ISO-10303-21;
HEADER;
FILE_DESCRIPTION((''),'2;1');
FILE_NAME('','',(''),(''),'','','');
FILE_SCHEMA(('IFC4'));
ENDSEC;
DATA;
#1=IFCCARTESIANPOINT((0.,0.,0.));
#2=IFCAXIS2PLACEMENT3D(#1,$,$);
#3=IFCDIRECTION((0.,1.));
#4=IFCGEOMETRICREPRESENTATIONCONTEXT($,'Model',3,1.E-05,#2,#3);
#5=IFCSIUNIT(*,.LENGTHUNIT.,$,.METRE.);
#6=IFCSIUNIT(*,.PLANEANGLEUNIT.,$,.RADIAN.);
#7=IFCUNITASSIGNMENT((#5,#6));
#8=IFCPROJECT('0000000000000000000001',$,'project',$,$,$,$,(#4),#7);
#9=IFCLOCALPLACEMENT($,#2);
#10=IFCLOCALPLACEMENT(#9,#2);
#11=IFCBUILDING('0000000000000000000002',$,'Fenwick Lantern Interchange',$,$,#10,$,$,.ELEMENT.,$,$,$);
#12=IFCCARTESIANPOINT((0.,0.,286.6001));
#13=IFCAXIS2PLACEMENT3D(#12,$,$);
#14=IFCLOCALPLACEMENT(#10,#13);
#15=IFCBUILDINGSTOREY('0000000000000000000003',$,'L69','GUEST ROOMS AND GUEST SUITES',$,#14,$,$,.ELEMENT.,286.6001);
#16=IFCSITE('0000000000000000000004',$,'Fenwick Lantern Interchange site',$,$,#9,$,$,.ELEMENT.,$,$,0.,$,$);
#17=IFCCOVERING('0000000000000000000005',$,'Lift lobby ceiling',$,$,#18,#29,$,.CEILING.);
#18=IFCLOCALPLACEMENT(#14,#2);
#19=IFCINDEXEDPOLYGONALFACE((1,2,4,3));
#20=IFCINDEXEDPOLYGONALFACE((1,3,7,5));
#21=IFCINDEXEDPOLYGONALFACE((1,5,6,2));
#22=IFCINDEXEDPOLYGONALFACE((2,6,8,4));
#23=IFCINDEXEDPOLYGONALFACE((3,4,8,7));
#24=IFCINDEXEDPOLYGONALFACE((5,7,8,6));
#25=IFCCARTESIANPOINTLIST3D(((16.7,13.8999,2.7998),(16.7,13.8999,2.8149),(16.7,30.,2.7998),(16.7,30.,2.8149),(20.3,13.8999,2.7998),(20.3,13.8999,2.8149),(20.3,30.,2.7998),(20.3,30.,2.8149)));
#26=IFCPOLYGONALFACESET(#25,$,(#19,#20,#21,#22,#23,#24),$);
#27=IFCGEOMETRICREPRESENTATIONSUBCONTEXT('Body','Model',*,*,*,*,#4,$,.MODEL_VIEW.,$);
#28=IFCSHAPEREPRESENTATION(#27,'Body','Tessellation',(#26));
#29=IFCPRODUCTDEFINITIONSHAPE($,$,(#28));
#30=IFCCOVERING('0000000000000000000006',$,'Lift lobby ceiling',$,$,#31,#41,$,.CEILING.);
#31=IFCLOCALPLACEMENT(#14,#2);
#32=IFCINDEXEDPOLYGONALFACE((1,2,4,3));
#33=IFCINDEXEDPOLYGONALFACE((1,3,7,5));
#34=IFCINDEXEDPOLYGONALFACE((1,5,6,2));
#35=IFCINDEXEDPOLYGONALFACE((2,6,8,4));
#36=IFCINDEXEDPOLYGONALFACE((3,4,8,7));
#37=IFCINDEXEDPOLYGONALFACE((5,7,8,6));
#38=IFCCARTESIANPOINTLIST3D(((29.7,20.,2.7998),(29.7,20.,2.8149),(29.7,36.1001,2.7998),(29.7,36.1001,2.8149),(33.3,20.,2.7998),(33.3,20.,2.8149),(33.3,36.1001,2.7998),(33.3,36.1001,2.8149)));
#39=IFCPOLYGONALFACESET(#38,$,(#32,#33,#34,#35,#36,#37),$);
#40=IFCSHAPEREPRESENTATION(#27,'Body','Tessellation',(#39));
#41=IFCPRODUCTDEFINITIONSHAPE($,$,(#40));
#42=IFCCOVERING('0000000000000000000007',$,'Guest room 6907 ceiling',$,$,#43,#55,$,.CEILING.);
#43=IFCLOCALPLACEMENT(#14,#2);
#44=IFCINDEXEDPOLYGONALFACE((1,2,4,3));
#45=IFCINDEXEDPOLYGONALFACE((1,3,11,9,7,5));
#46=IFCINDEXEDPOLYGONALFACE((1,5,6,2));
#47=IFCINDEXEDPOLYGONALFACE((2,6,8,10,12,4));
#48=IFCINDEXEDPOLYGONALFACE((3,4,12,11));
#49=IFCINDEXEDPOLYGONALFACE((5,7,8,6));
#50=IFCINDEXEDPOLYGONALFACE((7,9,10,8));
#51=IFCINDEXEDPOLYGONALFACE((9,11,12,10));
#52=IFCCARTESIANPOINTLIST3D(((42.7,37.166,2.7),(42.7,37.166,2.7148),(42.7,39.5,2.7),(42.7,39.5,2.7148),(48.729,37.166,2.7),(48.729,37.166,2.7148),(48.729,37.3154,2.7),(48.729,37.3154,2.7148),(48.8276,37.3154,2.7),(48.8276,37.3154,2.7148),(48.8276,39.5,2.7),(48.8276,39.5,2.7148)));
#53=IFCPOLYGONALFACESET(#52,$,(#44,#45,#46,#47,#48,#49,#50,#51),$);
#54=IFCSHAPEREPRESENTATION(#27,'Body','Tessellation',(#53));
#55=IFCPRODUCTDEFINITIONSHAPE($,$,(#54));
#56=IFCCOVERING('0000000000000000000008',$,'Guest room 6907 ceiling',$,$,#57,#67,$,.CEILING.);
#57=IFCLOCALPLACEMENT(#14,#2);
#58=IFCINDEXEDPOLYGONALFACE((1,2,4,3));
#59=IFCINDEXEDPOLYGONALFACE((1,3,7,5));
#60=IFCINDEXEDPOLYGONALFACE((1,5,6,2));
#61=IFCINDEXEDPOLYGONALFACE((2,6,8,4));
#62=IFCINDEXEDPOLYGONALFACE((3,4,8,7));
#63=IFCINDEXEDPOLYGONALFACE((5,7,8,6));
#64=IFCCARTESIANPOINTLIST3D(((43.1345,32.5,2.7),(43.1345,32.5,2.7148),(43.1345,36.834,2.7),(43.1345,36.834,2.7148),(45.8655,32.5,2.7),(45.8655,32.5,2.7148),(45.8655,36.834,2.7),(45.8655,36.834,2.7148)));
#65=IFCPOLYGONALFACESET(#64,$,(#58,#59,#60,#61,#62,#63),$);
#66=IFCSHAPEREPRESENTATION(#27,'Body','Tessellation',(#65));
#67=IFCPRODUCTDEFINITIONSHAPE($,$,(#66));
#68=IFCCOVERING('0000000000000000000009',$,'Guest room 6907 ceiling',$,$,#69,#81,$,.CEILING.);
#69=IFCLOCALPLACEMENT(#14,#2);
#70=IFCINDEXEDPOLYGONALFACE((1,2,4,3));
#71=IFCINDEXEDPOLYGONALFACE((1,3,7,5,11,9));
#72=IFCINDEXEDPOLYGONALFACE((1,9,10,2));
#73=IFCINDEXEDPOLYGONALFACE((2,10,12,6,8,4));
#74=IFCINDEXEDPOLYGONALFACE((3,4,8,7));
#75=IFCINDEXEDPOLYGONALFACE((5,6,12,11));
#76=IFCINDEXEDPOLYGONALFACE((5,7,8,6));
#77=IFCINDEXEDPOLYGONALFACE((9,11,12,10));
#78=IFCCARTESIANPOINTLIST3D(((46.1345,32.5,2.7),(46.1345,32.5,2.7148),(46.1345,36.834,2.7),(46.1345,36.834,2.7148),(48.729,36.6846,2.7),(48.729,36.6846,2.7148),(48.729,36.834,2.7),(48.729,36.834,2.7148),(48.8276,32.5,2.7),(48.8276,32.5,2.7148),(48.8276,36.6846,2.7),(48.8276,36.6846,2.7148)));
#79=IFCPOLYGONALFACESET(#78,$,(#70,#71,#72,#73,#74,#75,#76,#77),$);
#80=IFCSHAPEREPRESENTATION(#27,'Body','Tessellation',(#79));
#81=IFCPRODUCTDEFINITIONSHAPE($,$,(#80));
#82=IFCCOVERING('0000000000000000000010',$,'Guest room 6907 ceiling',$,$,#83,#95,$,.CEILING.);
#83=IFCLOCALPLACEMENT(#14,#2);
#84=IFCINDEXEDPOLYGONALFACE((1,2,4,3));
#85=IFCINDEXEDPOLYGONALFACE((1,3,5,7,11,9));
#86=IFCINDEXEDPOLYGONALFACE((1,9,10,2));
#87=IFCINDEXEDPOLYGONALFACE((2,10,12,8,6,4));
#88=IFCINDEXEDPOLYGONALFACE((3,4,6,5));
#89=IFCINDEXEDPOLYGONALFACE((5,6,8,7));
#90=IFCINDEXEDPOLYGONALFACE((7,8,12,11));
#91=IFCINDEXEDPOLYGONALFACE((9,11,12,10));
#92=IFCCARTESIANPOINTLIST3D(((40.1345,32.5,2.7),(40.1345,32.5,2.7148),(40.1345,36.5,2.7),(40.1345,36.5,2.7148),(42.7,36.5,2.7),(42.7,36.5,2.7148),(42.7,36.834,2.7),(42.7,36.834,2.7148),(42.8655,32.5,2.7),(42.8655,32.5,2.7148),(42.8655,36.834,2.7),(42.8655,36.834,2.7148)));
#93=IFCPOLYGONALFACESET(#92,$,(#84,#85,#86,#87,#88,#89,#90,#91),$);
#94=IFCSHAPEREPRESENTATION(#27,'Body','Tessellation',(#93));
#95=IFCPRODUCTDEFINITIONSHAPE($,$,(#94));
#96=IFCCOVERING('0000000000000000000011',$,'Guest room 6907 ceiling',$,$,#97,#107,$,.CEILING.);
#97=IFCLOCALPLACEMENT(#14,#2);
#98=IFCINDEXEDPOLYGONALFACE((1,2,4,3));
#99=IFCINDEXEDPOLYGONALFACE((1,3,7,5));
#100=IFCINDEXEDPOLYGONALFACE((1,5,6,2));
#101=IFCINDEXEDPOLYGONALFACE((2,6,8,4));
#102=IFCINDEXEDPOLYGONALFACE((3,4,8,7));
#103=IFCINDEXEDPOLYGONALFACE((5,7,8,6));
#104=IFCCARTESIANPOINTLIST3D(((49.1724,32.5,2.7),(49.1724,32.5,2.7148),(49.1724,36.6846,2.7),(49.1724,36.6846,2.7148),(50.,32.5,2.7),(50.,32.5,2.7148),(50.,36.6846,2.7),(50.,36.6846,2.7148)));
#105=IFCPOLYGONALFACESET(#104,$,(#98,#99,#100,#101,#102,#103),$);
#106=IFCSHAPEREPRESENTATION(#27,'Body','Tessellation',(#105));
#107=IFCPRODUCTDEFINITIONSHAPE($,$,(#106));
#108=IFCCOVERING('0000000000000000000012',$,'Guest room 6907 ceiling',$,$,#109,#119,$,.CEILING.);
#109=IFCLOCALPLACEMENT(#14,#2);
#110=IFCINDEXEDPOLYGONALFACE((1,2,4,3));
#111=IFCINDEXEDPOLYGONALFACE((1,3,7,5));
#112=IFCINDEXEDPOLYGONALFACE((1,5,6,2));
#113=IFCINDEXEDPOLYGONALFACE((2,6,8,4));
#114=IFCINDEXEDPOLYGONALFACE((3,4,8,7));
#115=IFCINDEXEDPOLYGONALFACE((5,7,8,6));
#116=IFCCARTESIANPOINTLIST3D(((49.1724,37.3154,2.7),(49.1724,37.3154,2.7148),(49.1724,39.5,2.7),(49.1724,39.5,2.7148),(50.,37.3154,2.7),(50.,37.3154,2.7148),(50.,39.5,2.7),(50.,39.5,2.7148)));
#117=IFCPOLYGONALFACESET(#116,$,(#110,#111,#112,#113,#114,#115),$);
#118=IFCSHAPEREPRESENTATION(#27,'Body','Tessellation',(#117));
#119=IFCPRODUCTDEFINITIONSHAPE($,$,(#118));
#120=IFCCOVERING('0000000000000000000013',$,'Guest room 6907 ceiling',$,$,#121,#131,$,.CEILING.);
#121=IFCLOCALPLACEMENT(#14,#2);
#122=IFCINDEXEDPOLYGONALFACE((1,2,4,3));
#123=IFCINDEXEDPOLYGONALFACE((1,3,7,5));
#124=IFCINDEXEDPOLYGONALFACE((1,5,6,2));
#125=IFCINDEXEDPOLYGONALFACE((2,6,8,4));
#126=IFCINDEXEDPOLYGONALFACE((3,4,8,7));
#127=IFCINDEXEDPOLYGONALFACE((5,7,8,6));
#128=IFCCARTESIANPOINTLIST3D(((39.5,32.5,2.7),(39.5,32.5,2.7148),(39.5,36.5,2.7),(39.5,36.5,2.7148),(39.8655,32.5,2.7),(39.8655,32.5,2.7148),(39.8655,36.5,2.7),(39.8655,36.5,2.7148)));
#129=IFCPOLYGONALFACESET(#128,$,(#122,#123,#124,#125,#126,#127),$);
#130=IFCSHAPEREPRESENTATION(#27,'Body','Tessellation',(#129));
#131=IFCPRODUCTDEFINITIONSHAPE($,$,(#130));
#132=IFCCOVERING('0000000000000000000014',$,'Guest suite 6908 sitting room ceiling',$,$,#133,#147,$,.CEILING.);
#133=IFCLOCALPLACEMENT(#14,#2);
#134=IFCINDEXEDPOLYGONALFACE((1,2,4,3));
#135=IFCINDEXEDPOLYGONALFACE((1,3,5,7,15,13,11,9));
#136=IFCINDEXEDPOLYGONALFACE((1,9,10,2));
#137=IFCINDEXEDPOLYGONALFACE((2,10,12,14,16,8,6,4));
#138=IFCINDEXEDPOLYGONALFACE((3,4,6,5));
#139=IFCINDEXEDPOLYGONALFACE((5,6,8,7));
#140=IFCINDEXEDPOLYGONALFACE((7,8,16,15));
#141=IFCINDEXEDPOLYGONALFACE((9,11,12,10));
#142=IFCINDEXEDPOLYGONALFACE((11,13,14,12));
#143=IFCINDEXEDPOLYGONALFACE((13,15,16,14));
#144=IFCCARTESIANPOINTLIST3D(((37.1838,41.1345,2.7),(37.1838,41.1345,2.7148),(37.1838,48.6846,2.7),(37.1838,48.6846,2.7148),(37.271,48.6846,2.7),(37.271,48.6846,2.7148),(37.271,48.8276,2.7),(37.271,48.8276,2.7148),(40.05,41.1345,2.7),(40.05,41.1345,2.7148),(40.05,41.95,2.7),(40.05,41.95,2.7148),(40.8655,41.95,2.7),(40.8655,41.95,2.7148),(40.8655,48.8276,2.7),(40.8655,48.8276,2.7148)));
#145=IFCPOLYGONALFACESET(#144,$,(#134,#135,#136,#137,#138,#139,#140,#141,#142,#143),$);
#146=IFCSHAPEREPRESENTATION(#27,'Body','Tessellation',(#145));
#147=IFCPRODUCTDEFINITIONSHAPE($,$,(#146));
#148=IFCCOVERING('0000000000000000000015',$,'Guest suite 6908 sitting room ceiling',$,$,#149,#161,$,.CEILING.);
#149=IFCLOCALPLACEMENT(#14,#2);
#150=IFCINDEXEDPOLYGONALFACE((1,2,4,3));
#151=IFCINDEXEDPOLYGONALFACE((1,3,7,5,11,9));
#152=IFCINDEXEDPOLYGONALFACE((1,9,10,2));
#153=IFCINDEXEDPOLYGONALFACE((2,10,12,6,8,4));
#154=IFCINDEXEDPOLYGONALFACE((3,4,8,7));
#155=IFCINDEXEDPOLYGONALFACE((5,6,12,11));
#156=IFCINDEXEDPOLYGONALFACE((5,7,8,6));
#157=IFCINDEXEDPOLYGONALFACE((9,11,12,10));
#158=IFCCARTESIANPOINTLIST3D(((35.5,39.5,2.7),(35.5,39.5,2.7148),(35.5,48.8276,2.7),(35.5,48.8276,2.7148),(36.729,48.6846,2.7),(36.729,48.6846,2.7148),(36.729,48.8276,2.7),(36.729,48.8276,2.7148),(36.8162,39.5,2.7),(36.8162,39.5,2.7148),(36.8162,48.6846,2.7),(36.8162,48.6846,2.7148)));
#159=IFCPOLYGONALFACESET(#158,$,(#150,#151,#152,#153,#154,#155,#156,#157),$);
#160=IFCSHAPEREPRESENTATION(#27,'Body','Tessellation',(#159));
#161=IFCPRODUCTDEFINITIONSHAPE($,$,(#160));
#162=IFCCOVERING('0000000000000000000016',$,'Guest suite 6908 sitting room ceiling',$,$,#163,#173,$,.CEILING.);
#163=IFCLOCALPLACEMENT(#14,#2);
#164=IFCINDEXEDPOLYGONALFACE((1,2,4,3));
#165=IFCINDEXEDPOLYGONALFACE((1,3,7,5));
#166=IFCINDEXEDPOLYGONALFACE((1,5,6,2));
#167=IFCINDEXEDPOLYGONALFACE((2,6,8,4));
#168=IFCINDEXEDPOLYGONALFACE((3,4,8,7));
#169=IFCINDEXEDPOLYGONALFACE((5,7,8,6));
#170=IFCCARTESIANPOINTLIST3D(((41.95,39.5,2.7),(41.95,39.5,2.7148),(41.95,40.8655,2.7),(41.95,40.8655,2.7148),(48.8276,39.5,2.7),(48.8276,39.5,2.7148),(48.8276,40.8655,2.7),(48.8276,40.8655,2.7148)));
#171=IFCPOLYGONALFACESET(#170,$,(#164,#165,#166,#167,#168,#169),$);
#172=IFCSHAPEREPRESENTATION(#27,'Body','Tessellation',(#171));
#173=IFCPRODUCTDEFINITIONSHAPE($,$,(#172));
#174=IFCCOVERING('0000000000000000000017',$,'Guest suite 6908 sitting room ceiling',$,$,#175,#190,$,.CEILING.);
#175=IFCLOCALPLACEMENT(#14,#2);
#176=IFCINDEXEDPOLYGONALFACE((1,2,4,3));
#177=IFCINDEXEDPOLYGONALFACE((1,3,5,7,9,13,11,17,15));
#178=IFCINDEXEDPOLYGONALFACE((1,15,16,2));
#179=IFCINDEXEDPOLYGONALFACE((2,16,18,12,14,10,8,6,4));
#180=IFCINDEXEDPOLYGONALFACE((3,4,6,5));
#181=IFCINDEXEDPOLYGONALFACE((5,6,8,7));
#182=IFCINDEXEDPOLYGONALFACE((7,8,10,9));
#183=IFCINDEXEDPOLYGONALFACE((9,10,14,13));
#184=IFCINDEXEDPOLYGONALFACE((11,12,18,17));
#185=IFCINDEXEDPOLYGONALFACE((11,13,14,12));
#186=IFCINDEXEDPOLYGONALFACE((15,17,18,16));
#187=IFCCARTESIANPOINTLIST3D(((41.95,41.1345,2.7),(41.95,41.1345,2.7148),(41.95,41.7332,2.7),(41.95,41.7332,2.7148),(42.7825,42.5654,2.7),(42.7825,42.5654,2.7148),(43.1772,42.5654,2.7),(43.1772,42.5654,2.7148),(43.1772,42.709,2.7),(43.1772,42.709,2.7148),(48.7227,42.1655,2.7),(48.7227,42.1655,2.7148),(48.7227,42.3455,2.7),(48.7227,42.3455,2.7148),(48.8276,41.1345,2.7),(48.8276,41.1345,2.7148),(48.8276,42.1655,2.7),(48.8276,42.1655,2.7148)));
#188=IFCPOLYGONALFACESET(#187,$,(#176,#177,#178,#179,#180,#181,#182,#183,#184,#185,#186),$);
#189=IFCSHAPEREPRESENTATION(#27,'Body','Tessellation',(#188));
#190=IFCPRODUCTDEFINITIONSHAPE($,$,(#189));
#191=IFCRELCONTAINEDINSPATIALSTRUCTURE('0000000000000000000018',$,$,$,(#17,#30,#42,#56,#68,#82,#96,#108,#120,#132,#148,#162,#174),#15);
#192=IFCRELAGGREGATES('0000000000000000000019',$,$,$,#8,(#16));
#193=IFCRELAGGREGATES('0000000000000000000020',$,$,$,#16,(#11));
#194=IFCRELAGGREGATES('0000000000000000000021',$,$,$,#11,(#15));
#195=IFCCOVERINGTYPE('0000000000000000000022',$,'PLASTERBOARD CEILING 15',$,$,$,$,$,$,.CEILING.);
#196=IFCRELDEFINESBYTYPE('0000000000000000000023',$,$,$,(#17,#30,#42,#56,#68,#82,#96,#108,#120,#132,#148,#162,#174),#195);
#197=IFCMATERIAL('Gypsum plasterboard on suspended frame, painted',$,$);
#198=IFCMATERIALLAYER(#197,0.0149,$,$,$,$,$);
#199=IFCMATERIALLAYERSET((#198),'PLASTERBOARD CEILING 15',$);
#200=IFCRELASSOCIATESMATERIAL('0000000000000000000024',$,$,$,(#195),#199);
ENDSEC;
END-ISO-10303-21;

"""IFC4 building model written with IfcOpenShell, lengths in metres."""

from ifc_helpers import new_model, si_unit, direction, frame, origin, place, context, subcontext, project, spatial, polyline, outline, extrude, material, layer, layer_set, type_object, element, save


model = new_model("IFC4")

# Units and contexts
model_context = context("Model", 3, precision=1e-05, world=origin(), true_north=direction((0.0, 1.0)))
body_context = subcontext(model_context, "Body", "Model", "MODEL_VIEW")
ifc_project = project(units=[si_unit("LENGTHUNIT", "METRE"), si_unit("PLANEANGLEUNIT", "RADIAN")], contexts=[model_context])

# Site, building, storey
site_placement = place(None, origin())
site = spatial("IfcSite", under=ifc_project, at=site_placement, Name="Fenwick Lantern Interchange site", CompositionType="ELEMENT", RefElevation=0.0)
building_placement = place(site_placement, origin())
building = spatial("IfcBuilding", under=site, at=building_placement, Name="Fenwick Lantern Interchange", CompositionType="ELEMENT")
storey_placement = place(building_placement, frame((0.0, 0.0, 286.6001)))
storey = spatial("IfcBuildingStorey", under=building, at=storey_placement, Name="L69", Description="GUEST ROOMS AND GUEST SUITES", CompositionType="ELEMENT", Elevation=286.6001)

# Coverings
ifc_material = material(Name="Gypsum plasterboard on suspended frame, painted")
ifc_layer = layer(ifc_material, 0.0149)
ifc_layer_set = layer_set([ifc_layer], Name="PLASTERBOARD CEILING 15")
covering_type = type_object("IfcCoveringType", Name="PLASTERBOARD CEILING 15", PredefinedType="CEILING", material=ifc_layer_set)
covering_1_placement = place(storey_placement, frame((0.0, 0.0, 2.7998)))
element("IfcCovering", 1, at=covering_1_placement, inside=storey, type_object=covering_type, Name="Lift lobby ceiling", PredefinedType="CEILING", context=body_context, shape_type="SweptSolid", body=[
    extrude(outline(polyline([(16.7, 13.8999), (20.3, 13.8999), (20.3, 30.0), (16.7, 30.0), (16.7, 13.8999)])), origin(), (0.0, 0.0, 1.0), 0.0151),
])
covering_2_placement = place(storey_placement, frame((0.0, 0.0, 2.7998)))
element("IfcCovering", 2, at=covering_2_placement, inside=storey, type_object=covering_type, Name="Lift lobby ceiling", PredefinedType="CEILING", context=body_context, shape_type="SweptSolid", body=[
    extrude(outline(polyline([(33.3, 36.1001), (29.7, 36.1001), (29.7, 20.0), (33.3, 20.0), (33.3, 36.1001)])), origin(), (0.0, 0.0, 1.0), 0.0151),
])
covering_3_placement = place(storey_placement, frame((0.0, 0.0, 2.7)))
element("IfcCovering", 3, at=covering_3_placement, inside=storey, type_object=covering_type, Name="Guest room 6907 ceiling", PredefinedType="CEILING", context=body_context, shape_type="SweptSolid", body=[
    extrude(outline(polyline([(48.729, 37.3154), (48.8276, 37.3154), (48.8276, 39.5), (42.7, 39.5), (42.7, 37.166), (48.729, 37.166), (48.729, 37.3154)])), origin(), (0.0, 0.0, 1.0), 0.0149),
])
covering_4_placement = place(storey_placement, frame((0.0, 0.0, 2.7)))
element("IfcCovering", 4, at=covering_4_placement, inside=storey, type_object=covering_type, Name="Guest room 6907 ceiling", PredefinedType="CEILING", context=body_context, shape_type="SweptSolid", body=[
    extrude(outline(polyline([(43.1345, 32.5), (45.8655, 32.5), (45.8655, 36.834), (43.1345, 36.834), (43.1345, 32.5)])), origin(), (0.0, 0.0, 1.0), 0.0149),
])
covering_5_placement = place(storey_placement, frame((0.0, 0.0, 2.7)))
element("IfcCovering", 5, at=covering_5_placement, inside=storey, type_object=covering_type, Name="Guest room 6907 ceiling", PredefinedType="CEILING", context=body_context, shape_type="SweptSolid", body=[
    extrude(outline(polyline([(48.729, 36.6846), (48.729, 36.834), (46.1345, 36.834), (46.1345, 32.5), (48.8276, 32.5), (48.8276, 36.6846), (48.729, 36.6846)])), origin(), (0.0, 0.0, 1.0), 0.0149),
])
covering_6_placement = place(storey_placement, frame((0.0, 0.0, 2.7)))
element("IfcCovering", 6, at=covering_6_placement, inside=storey, type_object=covering_type, Name="Guest room 6907 ceiling", PredefinedType="CEILING", context=body_context, shape_type="SweptSolid", body=[
    extrude(outline(polyline([(40.1345, 32.5), (42.8655, 32.5), (42.8655, 36.834), (42.7, 36.834), (42.7, 36.5), (40.1345, 36.5), (40.1345, 32.5)])), origin(), (0.0, 0.0, 1.0), 0.0149),
])
covering_7_placement = place(storey_placement, frame((0.0, 0.0, 2.7)))
element("IfcCovering", 7, at=covering_7_placement, inside=storey, type_object=covering_type, Name="Guest room 6907 ceiling", PredefinedType="CEILING", context=body_context, shape_type="SweptSolid", body=[
    extrude(outline(polyline([(50.0, 36.6846), (49.1724, 36.6846), (49.1724, 32.5), (50.0, 32.5), (50.0, 36.6846)])), origin(), (0.0, 0.0, 1.0), 0.0149),
])
covering_8_placement = place(storey_placement, frame((0.0, 0.0, 2.7)))
element("IfcCovering", 8, at=covering_8_placement, inside=storey, type_object=covering_type, Name="Guest room 6907 ceiling", PredefinedType="CEILING", context=body_context, shape_type="SweptSolid", body=[
    extrude(outline(polyline([(49.1724, 37.3154), (50.0, 37.3154), (50.0, 39.5), (49.1724, 39.5), (49.1724, 37.3154)])), origin(), (0.0, 0.0, 1.0), 0.0149),
])
covering_9_placement = place(storey_placement, frame((0.0, 0.0, 2.7)))
element("IfcCovering", 9, at=covering_9_placement, inside=storey, type_object=covering_type, Name="Guest room 6907 ceiling", PredefinedType="CEILING", context=body_context, shape_type="SweptSolid", body=[
    extrude(outline(polyline([(39.5, 32.5), (39.8655, 32.5), (39.8655, 36.5), (39.5, 36.5), (39.5, 32.5)])), origin(), (0.0, 0.0, 1.0), 0.0149),
])
covering_10_placement = place(storey_placement, frame((0.0, 0.0, 2.7)))
element("IfcCovering", 10, at=covering_10_placement, inside=storey, type_object=covering_type, Name="Guest suite 6908 sitting room ceiling", PredefinedType="CEILING", context=body_context, shape_type="SweptSolid", body=[
    extrude(outline(polyline([(40.05, 41.95), (40.8655, 41.95), (40.8655, 48.8276), (37.271, 48.8276), (37.271, 48.6846), (37.1838, 48.6846), (37.1838, 41.1345), (40.05, 41.1345), (40.05, 41.95)])), origin(), (0.0, 0.0, 1.0), 0.0149),
])
covering_11_placement = place(storey_placement, frame((0.0, 0.0, 2.7)))
element("IfcCovering", 11, at=covering_11_placement, inside=storey, type_object=covering_type, Name="Guest suite 6908 sitting room ceiling", PredefinedType="CEILING", context=body_context, shape_type="SweptSolid", body=[
    extrude(outline(polyline([(35.5, 39.5), (36.8162, 39.5), (36.8162, 48.6846), (36.729, 48.6846), (36.729, 48.8276), (35.5, 48.8276), (35.5, 39.5)])), origin(), (0.0, 0.0, 1.0), 0.0149),
])
covering_12_placement = place(storey_placement, frame((0.0, 0.0, 2.7)))
element("IfcCovering", 12, at=covering_12_placement, inside=storey, type_object=covering_type, Name="Guest suite 6908 sitting room ceiling", PredefinedType="CEILING", context=body_context, shape_type="SweptSolid", body=[
    extrude(outline(polyline([(41.95, 39.5), (48.8276, 39.5), (48.8276, 40.8655), (41.95, 40.8655), (41.95, 39.5)])), origin(), (0.0, 0.0, 1.0), 0.0149),
])
covering_13_placement = place(storey_placement, frame((0.0, 0.0, 2.7)))
element("IfcCovering", 13, at=covering_13_placement, inside=storey, type_object=covering_type, Name="Guest suite 6908 sitting room ceiling", PredefinedType="CEILING", context=body_context, shape_type="SweptSolid", body=[
    extrude(outline(polyline([(41.95, 41.7332), (41.95, 41.1345), (48.8276, 41.1345), (48.8276, 42.1655), (48.7227, 42.1655), (48.7227, 42.3455), (43.1772, 42.709), (43.1772, 42.5654), (42.7825, 42.5654), (41.95, 41.7332)])), origin(), (0.0, 0.0, 1.0), 0.0149),
])

save(model, "model.ifc")
